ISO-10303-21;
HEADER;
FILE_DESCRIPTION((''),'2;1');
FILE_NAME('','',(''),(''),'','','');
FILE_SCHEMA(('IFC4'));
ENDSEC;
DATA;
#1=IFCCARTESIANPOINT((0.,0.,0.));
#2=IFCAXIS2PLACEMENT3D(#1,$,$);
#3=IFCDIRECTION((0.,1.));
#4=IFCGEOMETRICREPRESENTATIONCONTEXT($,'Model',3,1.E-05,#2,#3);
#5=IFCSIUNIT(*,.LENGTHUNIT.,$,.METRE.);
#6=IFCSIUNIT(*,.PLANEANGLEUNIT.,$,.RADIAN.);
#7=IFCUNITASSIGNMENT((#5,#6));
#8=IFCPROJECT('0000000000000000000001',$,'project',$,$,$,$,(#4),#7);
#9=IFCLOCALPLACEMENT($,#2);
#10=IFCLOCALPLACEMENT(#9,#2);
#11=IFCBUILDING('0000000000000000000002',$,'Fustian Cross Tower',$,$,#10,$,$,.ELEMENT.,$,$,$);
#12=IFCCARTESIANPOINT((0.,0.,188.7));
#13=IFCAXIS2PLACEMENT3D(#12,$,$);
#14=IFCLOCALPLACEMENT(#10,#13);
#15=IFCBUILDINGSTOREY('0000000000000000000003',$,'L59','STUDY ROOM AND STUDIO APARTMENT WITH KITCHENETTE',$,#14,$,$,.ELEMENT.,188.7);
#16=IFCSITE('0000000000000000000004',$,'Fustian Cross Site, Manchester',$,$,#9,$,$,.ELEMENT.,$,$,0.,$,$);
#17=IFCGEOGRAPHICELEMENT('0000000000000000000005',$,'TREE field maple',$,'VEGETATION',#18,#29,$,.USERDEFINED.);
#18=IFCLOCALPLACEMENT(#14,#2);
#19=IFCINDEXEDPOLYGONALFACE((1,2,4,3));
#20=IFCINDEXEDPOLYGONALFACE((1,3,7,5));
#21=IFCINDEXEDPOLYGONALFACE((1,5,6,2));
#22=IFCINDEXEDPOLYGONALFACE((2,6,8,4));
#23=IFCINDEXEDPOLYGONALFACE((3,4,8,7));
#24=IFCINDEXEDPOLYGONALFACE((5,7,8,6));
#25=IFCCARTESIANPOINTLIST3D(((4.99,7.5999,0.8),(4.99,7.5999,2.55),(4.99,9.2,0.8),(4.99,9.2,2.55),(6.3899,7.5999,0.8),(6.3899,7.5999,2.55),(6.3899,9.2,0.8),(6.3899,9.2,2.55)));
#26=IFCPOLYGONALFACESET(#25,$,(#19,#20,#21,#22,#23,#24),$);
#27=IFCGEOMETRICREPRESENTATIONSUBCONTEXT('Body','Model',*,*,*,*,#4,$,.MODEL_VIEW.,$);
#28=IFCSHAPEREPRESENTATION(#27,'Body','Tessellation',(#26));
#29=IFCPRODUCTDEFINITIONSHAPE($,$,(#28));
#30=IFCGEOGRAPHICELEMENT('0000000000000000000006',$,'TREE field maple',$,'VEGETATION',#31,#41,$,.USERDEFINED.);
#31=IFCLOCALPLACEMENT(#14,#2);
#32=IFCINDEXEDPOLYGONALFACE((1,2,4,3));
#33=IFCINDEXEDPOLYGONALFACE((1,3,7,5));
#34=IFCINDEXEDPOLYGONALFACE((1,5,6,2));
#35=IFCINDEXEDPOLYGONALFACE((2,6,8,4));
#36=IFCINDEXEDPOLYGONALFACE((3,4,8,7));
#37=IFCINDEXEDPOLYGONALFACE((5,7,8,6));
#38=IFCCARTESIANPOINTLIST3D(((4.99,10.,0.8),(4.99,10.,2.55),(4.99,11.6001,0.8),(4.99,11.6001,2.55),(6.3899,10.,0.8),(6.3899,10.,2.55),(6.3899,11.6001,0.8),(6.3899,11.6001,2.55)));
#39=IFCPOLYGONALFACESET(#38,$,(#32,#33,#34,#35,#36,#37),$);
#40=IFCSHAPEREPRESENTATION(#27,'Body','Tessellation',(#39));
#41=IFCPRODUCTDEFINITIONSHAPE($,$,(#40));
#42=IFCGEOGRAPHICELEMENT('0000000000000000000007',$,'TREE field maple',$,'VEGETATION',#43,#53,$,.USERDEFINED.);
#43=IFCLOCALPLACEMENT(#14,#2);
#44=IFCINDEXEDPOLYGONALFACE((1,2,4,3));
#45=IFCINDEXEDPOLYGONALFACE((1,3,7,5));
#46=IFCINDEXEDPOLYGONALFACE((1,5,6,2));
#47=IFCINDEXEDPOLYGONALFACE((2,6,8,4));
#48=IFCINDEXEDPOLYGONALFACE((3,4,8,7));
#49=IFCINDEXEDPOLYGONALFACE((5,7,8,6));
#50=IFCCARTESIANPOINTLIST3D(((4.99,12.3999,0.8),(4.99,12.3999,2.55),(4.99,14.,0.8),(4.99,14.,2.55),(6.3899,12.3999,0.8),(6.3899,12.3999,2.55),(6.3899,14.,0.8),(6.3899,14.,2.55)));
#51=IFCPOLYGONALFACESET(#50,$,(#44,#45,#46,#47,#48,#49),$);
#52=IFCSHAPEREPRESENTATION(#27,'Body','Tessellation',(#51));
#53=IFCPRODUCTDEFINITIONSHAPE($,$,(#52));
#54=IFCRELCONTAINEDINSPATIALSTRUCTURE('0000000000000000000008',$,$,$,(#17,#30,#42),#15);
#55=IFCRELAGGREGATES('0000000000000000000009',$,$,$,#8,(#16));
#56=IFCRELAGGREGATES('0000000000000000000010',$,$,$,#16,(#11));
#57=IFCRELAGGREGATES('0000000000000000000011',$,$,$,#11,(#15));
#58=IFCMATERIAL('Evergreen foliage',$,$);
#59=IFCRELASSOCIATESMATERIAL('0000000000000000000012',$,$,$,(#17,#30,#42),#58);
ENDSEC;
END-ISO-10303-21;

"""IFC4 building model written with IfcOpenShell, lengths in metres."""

from ifc_helpers import new_model, si_unit, direction, frame, origin, origin_2d, place, context, subcontext, project, spatial, rectangle, extrude, material, element, save


model = new_model("IFC4")

# Units and contexts
model_context = context("Model", 3, precision=1e-05, world=origin(), true_north=direction((0.0, 1.0)))
body_context = subcontext(model_context, "Body", "Model", "MODEL_VIEW")
ifc_project = project(units=[si_unit("LENGTHUNIT", "METRE"), si_unit("PLANEANGLEUNIT", "RADIAN")], contexts=[model_context])

# Site, building, storey
site_placement = place(None, origin())
site = spatial("IfcSite", under=ifc_project, at=site_placement, Name="Fustian Cross Site, Manchester", CompositionType="ELEMENT", RefElevation=0.0)
building_placement = place(site_placement, origin())
building = spatial("IfcBuilding", under=site, at=building_placement, Name="Fustian Cross Tower", CompositionType="ELEMENT")
storey_placement = place(building_placement, frame((0.0, 0.0, 188.7)))
storey = spatial("IfcBuildingStorey", under=building, at=storey_placement, Name="L59", Description="STUDY ROOM AND STUDIO APARTMENT WITH KITCHENETTE", CompositionType="ELEMENT", Elevation=188.7)

# Geographic elements
ifc_material_1 = material(Name="Evergreen foliage")
for number, where, z_axis, x_axis, name in (
    (1, (5.6899, 8.3999, 0.8), (0.0, 0.0, 1.0), (1.0, 0.0, 0.0), "TREE field maple"),
    (2, (5.6899, 10.8, 0.8), (0.0, 0.0, 1.0), (1.0, 0.0, 0.0), "TREE field maple"),
    (3, (5.6899, 13.2, 0.8), (0.0, 0.0, 1.0), (1.0, 0.0, 0.0), "TREE field maple"),
):
    element("IfcGeographicElement", number, at=place(storey_placement, frame(where, z_axis=z_axis, x_axis=x_axis)), inside=storey, material=ifc_material_1, Name=name, ObjectType="VEGETATION", PredefinedType="USERDEFINED", context=body_context, shape_type="SweptSolid", body=[
        extrude(rectangle(XDim=1.3999, YDim=1.6001, at=origin_2d()), origin(), (0.0, 0.0, 1.0), 1.75),
    ])

save(model, "model.ifc")
